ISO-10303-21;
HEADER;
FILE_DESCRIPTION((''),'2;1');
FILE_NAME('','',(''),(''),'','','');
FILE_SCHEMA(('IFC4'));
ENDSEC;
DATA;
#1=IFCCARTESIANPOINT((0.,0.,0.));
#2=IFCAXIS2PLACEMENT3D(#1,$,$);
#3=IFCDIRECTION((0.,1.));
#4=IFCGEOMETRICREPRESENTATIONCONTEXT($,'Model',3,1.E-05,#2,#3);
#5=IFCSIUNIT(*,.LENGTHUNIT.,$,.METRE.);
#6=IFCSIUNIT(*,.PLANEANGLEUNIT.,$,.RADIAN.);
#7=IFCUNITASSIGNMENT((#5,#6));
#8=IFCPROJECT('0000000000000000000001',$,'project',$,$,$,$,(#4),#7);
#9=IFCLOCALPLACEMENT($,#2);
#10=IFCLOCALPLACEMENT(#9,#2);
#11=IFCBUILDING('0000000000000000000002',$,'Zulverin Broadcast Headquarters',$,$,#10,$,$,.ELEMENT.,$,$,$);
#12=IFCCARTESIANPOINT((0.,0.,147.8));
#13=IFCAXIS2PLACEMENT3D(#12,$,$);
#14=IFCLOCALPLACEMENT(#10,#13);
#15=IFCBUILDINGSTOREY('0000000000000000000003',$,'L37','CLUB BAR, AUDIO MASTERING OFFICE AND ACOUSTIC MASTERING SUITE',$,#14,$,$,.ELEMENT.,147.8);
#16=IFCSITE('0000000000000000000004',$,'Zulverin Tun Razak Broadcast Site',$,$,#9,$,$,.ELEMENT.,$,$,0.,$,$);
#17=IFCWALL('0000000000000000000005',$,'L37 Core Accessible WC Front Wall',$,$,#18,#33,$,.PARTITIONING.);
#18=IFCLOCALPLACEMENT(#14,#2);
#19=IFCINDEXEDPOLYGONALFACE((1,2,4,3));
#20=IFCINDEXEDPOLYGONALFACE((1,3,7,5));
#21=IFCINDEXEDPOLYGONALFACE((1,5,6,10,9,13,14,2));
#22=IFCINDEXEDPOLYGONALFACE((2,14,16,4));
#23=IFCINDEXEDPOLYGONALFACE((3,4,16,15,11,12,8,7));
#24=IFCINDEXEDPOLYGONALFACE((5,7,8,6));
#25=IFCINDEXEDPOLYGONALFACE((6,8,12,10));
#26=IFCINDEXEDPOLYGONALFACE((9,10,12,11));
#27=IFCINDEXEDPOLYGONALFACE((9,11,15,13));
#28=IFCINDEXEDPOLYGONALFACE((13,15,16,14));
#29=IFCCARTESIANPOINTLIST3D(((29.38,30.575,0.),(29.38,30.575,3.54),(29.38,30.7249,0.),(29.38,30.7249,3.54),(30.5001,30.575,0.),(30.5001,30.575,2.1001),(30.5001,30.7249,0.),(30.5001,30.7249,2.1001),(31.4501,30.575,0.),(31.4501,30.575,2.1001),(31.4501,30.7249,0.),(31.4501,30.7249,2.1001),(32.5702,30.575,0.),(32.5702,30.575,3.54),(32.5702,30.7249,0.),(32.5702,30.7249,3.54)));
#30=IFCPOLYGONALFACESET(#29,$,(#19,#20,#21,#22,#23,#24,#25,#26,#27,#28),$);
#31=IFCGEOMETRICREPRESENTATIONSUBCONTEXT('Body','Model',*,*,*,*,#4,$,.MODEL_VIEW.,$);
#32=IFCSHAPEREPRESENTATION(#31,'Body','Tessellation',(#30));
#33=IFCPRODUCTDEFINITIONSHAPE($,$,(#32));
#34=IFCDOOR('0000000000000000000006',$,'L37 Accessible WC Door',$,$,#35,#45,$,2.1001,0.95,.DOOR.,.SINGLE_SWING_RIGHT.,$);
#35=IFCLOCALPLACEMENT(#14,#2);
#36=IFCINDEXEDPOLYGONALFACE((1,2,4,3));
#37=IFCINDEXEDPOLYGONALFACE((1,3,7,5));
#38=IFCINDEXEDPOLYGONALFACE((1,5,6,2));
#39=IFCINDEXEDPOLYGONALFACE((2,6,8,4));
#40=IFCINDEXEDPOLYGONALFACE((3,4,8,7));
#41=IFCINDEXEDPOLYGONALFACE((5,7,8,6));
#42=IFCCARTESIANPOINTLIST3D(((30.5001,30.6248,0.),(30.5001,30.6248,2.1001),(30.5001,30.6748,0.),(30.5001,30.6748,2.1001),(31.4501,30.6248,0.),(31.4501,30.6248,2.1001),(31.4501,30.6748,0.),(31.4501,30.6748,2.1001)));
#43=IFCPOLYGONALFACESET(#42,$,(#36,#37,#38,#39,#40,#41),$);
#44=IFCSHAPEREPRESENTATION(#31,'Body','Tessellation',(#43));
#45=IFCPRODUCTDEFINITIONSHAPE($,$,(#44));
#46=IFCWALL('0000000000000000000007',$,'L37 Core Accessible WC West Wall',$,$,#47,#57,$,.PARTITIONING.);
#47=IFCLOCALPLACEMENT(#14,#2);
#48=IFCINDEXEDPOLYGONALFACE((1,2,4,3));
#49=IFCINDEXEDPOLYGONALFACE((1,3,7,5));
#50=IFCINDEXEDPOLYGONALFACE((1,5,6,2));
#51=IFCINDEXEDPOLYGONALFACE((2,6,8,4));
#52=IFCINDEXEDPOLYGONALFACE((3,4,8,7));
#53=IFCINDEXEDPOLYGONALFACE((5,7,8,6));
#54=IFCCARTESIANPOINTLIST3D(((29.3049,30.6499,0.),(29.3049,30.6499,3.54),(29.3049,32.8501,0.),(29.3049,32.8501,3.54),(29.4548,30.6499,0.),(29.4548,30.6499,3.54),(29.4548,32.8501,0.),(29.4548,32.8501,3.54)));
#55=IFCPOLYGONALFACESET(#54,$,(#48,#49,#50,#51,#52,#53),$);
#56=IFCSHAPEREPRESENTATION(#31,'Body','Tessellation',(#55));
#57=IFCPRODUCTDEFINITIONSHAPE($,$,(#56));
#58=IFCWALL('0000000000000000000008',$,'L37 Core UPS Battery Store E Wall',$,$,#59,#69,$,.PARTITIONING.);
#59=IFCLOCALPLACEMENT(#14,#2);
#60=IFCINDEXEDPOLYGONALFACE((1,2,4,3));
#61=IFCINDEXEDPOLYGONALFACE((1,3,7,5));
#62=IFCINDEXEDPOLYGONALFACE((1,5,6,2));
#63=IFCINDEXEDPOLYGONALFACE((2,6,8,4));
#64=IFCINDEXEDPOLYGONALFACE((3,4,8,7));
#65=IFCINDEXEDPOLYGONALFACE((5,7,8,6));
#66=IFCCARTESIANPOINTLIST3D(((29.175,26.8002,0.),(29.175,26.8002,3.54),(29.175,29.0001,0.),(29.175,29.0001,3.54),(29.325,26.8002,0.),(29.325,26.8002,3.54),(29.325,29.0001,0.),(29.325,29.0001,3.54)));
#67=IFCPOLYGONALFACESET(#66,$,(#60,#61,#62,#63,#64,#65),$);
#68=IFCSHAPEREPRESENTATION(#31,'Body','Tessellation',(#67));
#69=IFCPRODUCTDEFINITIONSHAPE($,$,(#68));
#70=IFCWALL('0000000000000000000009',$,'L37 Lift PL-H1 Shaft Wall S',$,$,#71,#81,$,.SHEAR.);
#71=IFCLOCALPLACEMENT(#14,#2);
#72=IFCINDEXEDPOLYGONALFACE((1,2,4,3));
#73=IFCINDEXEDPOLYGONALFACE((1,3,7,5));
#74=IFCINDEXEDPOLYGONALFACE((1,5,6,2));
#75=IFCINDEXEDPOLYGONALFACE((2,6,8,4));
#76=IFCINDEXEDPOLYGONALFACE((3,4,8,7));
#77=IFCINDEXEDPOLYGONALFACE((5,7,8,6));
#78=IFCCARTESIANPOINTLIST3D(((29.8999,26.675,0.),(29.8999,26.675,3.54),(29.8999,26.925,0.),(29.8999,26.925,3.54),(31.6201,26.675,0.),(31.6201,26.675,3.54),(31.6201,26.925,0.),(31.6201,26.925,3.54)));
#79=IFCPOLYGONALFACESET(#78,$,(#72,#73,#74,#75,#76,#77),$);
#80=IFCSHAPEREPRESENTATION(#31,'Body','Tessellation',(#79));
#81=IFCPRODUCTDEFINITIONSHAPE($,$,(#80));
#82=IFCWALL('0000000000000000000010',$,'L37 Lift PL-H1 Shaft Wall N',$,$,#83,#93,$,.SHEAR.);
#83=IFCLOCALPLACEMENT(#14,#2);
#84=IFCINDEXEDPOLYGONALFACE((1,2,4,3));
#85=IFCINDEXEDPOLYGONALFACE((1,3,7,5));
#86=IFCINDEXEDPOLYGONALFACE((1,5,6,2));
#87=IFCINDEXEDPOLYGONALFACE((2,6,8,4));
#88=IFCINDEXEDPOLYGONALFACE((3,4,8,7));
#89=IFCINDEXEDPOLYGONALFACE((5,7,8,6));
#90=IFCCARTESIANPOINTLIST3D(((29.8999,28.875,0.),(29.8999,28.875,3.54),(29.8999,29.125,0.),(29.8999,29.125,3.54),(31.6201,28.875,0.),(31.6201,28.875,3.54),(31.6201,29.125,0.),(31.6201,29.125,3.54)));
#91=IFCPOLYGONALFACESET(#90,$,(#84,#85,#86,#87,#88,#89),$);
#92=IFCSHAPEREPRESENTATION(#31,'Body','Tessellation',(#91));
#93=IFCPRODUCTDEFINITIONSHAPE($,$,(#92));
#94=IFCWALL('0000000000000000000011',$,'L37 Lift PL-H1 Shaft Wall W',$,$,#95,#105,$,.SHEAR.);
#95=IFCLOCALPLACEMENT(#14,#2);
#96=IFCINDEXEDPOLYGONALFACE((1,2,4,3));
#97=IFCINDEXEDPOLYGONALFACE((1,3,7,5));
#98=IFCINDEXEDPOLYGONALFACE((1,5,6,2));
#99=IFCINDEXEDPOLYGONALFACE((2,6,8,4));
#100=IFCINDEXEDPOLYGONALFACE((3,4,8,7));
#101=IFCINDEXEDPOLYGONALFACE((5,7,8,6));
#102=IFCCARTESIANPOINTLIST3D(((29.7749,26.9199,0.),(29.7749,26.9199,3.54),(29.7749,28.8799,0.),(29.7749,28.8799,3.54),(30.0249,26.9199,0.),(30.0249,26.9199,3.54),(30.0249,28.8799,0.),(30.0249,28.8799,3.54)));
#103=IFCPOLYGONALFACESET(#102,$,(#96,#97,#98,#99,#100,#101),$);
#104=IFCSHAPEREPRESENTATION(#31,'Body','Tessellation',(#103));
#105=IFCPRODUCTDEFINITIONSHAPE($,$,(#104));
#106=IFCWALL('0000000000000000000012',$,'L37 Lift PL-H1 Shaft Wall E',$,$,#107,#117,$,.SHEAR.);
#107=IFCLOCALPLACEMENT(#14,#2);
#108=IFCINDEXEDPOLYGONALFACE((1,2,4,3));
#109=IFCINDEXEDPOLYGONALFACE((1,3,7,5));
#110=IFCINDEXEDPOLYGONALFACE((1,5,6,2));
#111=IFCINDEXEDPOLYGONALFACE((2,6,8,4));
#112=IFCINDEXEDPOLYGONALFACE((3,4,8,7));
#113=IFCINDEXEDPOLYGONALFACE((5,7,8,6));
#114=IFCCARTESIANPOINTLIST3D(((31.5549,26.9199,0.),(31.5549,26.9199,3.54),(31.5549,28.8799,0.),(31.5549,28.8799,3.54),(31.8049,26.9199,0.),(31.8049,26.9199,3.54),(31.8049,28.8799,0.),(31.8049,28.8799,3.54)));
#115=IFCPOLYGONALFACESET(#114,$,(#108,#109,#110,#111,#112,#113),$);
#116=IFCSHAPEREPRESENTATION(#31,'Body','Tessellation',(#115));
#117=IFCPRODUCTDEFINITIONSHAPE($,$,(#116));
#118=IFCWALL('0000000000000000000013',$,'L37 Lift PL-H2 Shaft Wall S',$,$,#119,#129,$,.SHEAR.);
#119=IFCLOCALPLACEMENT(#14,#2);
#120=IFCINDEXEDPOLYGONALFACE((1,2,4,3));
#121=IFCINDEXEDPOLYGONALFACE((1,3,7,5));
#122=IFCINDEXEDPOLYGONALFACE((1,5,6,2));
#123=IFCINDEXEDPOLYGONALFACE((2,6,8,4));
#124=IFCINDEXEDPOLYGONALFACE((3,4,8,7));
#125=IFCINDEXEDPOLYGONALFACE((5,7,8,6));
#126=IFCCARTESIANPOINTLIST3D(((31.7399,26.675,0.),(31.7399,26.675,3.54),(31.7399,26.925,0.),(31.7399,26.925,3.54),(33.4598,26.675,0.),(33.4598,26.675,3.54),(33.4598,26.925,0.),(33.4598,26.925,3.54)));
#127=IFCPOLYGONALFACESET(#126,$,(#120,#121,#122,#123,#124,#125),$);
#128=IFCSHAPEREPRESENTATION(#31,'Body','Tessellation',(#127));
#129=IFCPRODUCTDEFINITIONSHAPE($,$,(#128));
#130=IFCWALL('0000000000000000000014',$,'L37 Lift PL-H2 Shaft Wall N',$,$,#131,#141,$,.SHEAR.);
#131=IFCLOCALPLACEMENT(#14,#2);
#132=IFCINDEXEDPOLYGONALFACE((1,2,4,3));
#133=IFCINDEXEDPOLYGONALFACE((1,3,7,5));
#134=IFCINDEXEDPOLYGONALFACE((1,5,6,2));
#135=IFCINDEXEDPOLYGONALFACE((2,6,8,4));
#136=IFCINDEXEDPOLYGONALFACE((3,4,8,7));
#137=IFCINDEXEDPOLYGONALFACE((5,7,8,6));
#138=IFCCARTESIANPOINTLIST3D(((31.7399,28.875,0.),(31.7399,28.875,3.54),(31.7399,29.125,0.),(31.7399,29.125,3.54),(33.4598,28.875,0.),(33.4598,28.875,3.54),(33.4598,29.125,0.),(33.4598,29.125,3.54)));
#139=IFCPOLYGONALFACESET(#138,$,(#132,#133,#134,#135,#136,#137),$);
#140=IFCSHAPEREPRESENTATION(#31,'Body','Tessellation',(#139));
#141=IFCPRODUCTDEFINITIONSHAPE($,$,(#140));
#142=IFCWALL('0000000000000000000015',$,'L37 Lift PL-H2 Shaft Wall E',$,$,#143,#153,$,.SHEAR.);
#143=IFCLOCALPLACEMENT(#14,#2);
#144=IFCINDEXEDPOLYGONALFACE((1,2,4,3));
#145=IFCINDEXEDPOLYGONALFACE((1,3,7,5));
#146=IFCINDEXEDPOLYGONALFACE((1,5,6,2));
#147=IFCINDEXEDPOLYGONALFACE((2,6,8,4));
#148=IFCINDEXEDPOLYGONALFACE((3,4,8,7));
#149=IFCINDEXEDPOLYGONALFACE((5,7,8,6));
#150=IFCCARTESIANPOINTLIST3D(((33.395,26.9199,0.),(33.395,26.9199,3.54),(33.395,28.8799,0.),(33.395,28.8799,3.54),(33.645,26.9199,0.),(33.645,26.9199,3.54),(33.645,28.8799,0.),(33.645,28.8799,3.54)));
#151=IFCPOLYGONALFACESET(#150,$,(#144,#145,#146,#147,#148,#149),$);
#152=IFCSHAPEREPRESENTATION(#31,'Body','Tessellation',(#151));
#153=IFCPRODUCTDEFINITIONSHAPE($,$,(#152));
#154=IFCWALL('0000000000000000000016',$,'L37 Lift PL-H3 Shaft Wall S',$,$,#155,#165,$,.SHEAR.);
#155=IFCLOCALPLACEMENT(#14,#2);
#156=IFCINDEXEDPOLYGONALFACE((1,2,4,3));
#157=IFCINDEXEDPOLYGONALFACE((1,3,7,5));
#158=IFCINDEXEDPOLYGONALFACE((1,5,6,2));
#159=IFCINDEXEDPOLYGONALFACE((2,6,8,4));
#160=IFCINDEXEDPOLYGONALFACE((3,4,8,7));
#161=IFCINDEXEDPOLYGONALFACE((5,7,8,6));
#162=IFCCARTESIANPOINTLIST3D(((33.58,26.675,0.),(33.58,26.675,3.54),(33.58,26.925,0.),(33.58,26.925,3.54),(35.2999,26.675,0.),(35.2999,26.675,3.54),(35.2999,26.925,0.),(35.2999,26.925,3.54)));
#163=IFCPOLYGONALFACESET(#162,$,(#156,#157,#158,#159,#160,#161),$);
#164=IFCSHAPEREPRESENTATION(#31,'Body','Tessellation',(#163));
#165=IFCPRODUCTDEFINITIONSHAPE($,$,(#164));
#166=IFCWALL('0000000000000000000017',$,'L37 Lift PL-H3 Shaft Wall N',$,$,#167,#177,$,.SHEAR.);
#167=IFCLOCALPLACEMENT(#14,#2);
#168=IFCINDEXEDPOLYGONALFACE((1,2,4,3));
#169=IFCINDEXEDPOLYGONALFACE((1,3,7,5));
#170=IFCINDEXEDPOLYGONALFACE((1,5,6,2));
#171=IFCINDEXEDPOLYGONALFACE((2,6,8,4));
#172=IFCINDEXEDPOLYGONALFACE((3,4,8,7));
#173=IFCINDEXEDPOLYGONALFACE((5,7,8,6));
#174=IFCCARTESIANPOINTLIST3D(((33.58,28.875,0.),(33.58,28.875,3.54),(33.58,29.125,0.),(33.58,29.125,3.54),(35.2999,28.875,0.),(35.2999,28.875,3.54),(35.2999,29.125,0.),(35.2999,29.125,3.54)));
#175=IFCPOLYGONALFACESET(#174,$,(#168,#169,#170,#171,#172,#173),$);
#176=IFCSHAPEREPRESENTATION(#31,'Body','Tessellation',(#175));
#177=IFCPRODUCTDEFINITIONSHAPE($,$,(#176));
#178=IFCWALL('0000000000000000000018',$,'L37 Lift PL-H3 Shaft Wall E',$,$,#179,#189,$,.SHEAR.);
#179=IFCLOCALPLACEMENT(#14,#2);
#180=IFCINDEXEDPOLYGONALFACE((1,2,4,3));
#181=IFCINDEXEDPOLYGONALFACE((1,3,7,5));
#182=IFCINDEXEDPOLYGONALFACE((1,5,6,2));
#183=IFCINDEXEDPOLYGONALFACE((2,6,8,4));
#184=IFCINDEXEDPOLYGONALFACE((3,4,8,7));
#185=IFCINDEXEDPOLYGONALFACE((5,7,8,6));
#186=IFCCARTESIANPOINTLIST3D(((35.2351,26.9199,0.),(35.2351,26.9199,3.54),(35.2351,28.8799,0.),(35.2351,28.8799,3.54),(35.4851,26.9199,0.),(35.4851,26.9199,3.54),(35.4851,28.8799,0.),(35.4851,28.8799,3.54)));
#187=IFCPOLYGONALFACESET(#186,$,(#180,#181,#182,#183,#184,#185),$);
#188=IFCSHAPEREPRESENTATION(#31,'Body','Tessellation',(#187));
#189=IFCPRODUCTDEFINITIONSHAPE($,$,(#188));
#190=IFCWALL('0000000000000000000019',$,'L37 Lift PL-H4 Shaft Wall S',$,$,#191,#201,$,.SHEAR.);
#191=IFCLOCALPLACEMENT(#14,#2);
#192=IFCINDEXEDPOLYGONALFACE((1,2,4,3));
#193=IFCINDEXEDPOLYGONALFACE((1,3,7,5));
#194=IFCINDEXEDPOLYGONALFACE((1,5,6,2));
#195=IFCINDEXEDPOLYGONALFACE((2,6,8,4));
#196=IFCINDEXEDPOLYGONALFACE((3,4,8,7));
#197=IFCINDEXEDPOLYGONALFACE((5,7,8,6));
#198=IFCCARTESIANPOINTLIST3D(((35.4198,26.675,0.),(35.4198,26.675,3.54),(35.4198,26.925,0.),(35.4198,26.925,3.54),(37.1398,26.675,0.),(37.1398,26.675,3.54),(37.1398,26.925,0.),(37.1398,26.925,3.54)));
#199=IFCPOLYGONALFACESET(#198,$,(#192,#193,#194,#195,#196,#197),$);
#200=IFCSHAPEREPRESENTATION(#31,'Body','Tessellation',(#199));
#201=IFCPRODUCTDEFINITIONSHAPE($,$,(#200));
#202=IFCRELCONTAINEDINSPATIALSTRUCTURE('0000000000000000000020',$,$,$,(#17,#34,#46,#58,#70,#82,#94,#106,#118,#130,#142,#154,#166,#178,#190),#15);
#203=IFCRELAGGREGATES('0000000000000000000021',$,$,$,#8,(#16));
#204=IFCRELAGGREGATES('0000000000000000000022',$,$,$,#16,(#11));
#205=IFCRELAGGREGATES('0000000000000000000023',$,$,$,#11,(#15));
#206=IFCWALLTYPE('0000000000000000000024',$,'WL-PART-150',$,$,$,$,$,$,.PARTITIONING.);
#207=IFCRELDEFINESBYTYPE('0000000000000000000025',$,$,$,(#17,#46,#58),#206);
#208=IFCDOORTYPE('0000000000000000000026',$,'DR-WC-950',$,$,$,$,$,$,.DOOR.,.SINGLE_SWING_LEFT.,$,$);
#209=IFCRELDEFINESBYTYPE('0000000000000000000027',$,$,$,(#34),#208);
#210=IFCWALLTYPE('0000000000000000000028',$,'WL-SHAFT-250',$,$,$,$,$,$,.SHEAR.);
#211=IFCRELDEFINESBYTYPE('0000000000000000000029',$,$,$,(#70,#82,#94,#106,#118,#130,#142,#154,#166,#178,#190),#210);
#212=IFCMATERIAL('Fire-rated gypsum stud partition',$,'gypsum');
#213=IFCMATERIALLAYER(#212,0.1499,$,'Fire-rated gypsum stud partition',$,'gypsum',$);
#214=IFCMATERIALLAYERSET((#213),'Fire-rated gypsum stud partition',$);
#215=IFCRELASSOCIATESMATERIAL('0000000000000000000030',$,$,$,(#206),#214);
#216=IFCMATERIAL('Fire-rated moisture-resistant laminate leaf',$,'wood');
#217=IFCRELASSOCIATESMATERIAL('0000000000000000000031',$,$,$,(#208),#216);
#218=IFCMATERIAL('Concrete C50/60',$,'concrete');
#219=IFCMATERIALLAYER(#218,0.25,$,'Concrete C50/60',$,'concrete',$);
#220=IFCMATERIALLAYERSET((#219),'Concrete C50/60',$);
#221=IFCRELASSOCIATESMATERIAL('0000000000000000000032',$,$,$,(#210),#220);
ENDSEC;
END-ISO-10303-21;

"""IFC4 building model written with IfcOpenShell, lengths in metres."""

from ifc_helpers import new_model, si_unit, direction, frame, frame_2d, origin, place, context, subcontext, project, spatial, rectangle, extrude, material, layer, layer_set, type_object, element, fill, save


model = new_model("IFC4")

# Units and contexts
model_context = context("Model", 3, precision=1e-05, world=origin(), true_north=direction((0.0, 1.0)))
body_context = subcontext(model_context, "Body", "Model", "MODEL_VIEW")
ifc_project = project(units=[si_unit("LENGTHUNIT", "METRE"), si_unit("PLANEANGLEUNIT", "RADIAN")], contexts=[model_context])

# Site, building, storey
site_placement = place(None, origin())
site = spatial("IfcSite", under=ifc_project, at=site_placement, Name="Zulverin Tun Razak Broadcast Site", CompositionType="ELEMENT", RefElevation=0.0)
building_placement = place(site_placement, origin())
building = spatial("IfcBuilding", under=site, at=building_placement, Name="Zulverin Broadcast Headquarters", CompositionType="ELEMENT")
storey_placement = place(building_placement, frame((0.0, 0.0, 147.8)))
storey = spatial("IfcBuildingStorey", under=building, at=storey_placement, Name="L37", Description="CLUB BAR, AUDIO MASTERING OFFICE AND ACOUSTIC MASTERING SUITE", CompositionType="ELEMENT", Elevation=147.8)

# Wall, opening, door
ifc_material_1 = material(Name="Fire-rated gypsum stud partition", Category="gypsum")
ifc_layer_1 = layer(ifc_material_1, 0.1499, Name="Fire-rated gypsum stud partition", Category="gypsum")
ifc_layer_set_1 = layer_set([ifc_layer_1], Name="Fire-rated gypsum stud partition")
wall_type_1 = type_object("IfcWallType", Name="WL-PART-150", PredefinedType="PARTITIONING", material=ifc_layer_set_1)
wall_1_placement = place(storey_placement, frame((29.3799, 30.6499, 0.0), z_axis=(0.0, 0.0, 1.0), x_axis=(1.0, 0.0, 0.0)))
wall_1 = element("IfcWall", 1, at=wall_1_placement, inside=storey, type_object=wall_type_1, Name="L37 Core Accessible WC Front Wall", PredefinedType="PARTITIONING", context=body_context, shape_type="SweptSolid", body=[
    extrude(rectangle(XDim=3.1902, YDim=0.1499, at=frame_2d((1.5952, 0.0))), origin(), (0.0, 0.0, 1.0), 3.54),
])
opening_1_placement = place(wall_1_placement, frame((1.1201, 0.0, 0.0)))
opening_1 = element("IfcOpeningElement", 2, at=opening_1_placement, cuts=wall_1, PredefinedType="OPENING", context=body_context, shape_type="SweptSolid", body=[
    extrude(rectangle(XDim=0.95, YDim=2.1001, at=frame_2d((0.4751, 1.05))), frame((0.0, 0.085, 0.0), z_axis=(0.0, -1.0, 0.0), x_axis=(1.0, 0.0, 0.0)), (0.0, 0.0, 1.0), 0.1699),
])
ifc_material_2 = material(Name="Fire-rated moisture-resistant laminate leaf", Category="wood")
door_type_1 = type_object("IfcDoorType", Name="DR-WC-950", OperationType="SINGLE_SWING_LEFT", PredefinedType="DOOR", material=ifc_material_2)
door_1_placement = place(opening_1_placement, origin())
door_1 = element("IfcDoor", 3, at=door_1_placement, inside=storey, type_object=door_type_1, Name="L37 Accessible WC Door", OperationType="SINGLE_SWING_RIGHT", OverallHeight=2.1001, OverallWidth=0.95, PredefinedType="DOOR", context=body_context, shape_type="SweptSolid", body=[
    extrude(rectangle(XDim=0.95, YDim=2.1001, at=frame_2d((0.4751, 1.05))), frame((0.0, 0.0249, 0.0), z_axis=(0.0, -1.0, 0.0), x_axis=(1.0, 0.0, 0.0)), (0.0, 0.0, 1.0), 0.05),
])
fill(opening_1, door_1)

# Walls
wall_2_placement = place(storey_placement, frame((29.3799, 30.6499, 0.0), z_axis=(0.0, 0.0, 1.0), x_axis=(0.0, 1.0, 0.0)))
element("IfcWall", 4, at=wall_2_placement, inside=storey, type_object=wall_type_1, Name="L37 Core Accessible WC West Wall", PredefinedType="PARTITIONING", context=body_context, shape_type="SweptSolid", body=[
    extrude(rectangle(XDim=2.2002, YDim=0.1499, at=frame_2d((1.1001, 0.0))), origin(), (0.0, 0.0, 1.0), 3.54),
])
wall_3_placement = place(storey_placement, frame((29.25, 26.8, 0.0), z_axis=(0.0, 0.0, 1.0), x_axis=(0.0, 1.0, 0.0)))
element("IfcWall", 5, at=wall_3_placement, inside=storey, type_object=wall_type_1, Name="L37 Core UPS Battery Store E Wall", PredefinedType="PARTITIONING", context=body_context, shape_type="SweptSolid", body=[
    extrude(rectangle(XDim=2.2, YDim=0.1499, at=frame_2d((1.1001, 0.0))), origin(), (0.0, 0.0, 1.0), 3.54),
])

# Shared definitions
ifc_material_3 = material(Name="Concrete C50/60", Category="concrete")
ifc_layer_2 = layer(ifc_material_3, 0.25, Name="Concrete C50/60", Category="concrete")
ifc_layer_set_2 = layer_set([ifc_layer_2], Name="Concrete C50/60")
wall_type_2 = type_object("IfcWallType", Name="WL-SHAFT-250", PredefinedType="SHEAR", material=ifc_layer_set_2)

# Walls
for number, where, z_axis, x_axis, name in (
    (6, (29.8999, 26.8, 0.0), (0.0, 0.0, 1.0), (1.0, 0.0, 0.0), "L37 Lift PL-H1 Shaft Wall S"),
    (7, (29.8999, 29.0, 0.0), (0.0, 0.0, 1.0), (1.0, 0.0, 0.0), "L37 Lift PL-H1 Shaft Wall N"),
):
    element("IfcWall", number, at=place(storey_placement, frame(where, z_axis=z_axis, x_axis=x_axis)), inside=storey, type_object=wall_type_2, Name=name, PredefinedType="SHEAR", context=body_context, shape_type="SweptSolid", body=[
        extrude(rectangle(XDim=1.7202, YDim=0.25, at=frame_2d((0.8601, 0.0))), origin(), (0.0, 0.0, 1.0), 3.54),
    ])
for number, where, z_axis, x_axis, name in (
    (8, (29.8999, 26.9199, 0.0), (0.0, 0.0, 1.0), (0.0, 1.0, 0.0), "L37 Lift PL-H1 Shaft Wall W"),
    (9, (31.6799, 26.9199, 0.0), (0.0, 0.0, 1.0), (0.0, 1.0, 0.0), "L37 Lift PL-H1 Shaft Wall E"),
):
    element("IfcWall", number, at=place(storey_placement, frame(where, z_axis=z_axis, x_axis=x_axis)), inside=storey, type_object=wall_type_2, Name=name, PredefinedType="SHEAR", context=body_context, shape_type="SweptSolid", body=[
        extrude(rectangle(XDim=1.96, YDim=0.25, at=frame_2d((0.98, 0.0))), origin(), (0.0, 0.0, 1.0), 3.54),
    ])
for number, where, z_axis, x_axis, name in (
    (10, (31.74, 26.8, 0.0), (0.0, 0.0, 1.0), (1.0, 0.0, 0.0), "L37 Lift PL-H2 Shaft Wall S"),
    (11, (31.74, 29.0, 0.0), (0.0, 0.0, 1.0), (1.0, 0.0, 0.0), "L37 Lift PL-H2 Shaft Wall N"),
):
    element("IfcWall", number, at=place(storey_placement, frame(where, z_axis=z_axis, x_axis=x_axis)), inside=storey, type_object=wall_type_2, Name=name, PredefinedType="SHEAR", context=body_context, shape_type="SweptSolid", body=[
        extrude(rectangle(XDim=1.72, YDim=0.25, at=frame_2d((0.8599, 0.0))), origin(), (0.0, 0.0, 1.0), 3.54),
    ])
wall_4_placement = place(storey_placement, frame((33.52, 26.9199, 0.0), z_axis=(0.0, 0.0, 1.0), x_axis=(0.0, 1.0, 0.0)))
element("IfcWall", 12, at=wall_4_placement, inside=storey, type_object=wall_type_2, Name="L37 Lift PL-H2 Shaft Wall E", PredefinedType="SHEAR", context=body_context, shape_type="SweptSolid", body=[
    extrude(rectangle(XDim=1.96, YDim=0.25, at=frame_2d((0.98, 0.0))), origin(), (0.0, 0.0, 1.0), 3.54),
])
for number, where, z_axis, x_axis, name in (
    (13, (33.5801, 26.8, 0.0), (0.0, 0.0, 1.0), (1.0, 0.0, 0.0), "L37 Lift PL-H3 Shaft Wall S"),
    (14, (33.5801, 29.0, 0.0), (0.0, 0.0, 1.0), (1.0, 0.0, 0.0), "L37 Lift PL-H3 Shaft Wall N"),
):
    element("IfcWall", number, at=place(storey_placement, frame(where, z_axis=z_axis, x_axis=x_axis)), inside=storey, type_object=wall_type_2, Name=name, PredefinedType="SHEAR", context=body_context, shape_type="SweptSolid", body=[
        extrude(rectangle(XDim=1.72, YDim=0.25, at=frame_2d((0.8599, 0.0))), origin(), (0.0, 0.0, 1.0), 3.54),
    ])
wall_5_placement = place(storey_placement, frame((35.3601, 26.9199, 0.0), z_axis=(0.0, 0.0, 1.0), x_axis=(0.0, 1.0, 0.0)))
element("IfcWall", 15, at=wall_5_placement, inside=storey, type_object=wall_type_2, Name="L37 Lift PL-H3 Shaft Wall E", PredefinedType="SHEAR", context=body_context, shape_type="SweptSolid", body=[
    extrude(rectangle(XDim=1.96, YDim=0.25, at=frame_2d((0.98, 0.0))), origin(), (0.0, 0.0, 1.0), 3.54),
])
for number, where, z_axis, x_axis, name in (
    (16, (35.4199, 26.8, 0.0), (0.0, 0.0, 1.0), (1.0, 0.0, 0.0), "L37 Lift PL-H4 Shaft Wall S"),
):
    element("IfcWall", number, at=place(storey_placement, frame(where, z_axis=z_axis, x_axis=x_axis)), inside=storey, type_object=wall_type_2, Name=name, PredefinedType="SHEAR", context=body_context, shape_type="SweptSolid", body=[
        extrude(rectangle(XDim=1.72, YDim=0.25, at=frame_2d((0.8599, 0.0))), origin(), (0.0, 0.0, 1.0), 3.54),
    ])

save(model, "model.ifc")
